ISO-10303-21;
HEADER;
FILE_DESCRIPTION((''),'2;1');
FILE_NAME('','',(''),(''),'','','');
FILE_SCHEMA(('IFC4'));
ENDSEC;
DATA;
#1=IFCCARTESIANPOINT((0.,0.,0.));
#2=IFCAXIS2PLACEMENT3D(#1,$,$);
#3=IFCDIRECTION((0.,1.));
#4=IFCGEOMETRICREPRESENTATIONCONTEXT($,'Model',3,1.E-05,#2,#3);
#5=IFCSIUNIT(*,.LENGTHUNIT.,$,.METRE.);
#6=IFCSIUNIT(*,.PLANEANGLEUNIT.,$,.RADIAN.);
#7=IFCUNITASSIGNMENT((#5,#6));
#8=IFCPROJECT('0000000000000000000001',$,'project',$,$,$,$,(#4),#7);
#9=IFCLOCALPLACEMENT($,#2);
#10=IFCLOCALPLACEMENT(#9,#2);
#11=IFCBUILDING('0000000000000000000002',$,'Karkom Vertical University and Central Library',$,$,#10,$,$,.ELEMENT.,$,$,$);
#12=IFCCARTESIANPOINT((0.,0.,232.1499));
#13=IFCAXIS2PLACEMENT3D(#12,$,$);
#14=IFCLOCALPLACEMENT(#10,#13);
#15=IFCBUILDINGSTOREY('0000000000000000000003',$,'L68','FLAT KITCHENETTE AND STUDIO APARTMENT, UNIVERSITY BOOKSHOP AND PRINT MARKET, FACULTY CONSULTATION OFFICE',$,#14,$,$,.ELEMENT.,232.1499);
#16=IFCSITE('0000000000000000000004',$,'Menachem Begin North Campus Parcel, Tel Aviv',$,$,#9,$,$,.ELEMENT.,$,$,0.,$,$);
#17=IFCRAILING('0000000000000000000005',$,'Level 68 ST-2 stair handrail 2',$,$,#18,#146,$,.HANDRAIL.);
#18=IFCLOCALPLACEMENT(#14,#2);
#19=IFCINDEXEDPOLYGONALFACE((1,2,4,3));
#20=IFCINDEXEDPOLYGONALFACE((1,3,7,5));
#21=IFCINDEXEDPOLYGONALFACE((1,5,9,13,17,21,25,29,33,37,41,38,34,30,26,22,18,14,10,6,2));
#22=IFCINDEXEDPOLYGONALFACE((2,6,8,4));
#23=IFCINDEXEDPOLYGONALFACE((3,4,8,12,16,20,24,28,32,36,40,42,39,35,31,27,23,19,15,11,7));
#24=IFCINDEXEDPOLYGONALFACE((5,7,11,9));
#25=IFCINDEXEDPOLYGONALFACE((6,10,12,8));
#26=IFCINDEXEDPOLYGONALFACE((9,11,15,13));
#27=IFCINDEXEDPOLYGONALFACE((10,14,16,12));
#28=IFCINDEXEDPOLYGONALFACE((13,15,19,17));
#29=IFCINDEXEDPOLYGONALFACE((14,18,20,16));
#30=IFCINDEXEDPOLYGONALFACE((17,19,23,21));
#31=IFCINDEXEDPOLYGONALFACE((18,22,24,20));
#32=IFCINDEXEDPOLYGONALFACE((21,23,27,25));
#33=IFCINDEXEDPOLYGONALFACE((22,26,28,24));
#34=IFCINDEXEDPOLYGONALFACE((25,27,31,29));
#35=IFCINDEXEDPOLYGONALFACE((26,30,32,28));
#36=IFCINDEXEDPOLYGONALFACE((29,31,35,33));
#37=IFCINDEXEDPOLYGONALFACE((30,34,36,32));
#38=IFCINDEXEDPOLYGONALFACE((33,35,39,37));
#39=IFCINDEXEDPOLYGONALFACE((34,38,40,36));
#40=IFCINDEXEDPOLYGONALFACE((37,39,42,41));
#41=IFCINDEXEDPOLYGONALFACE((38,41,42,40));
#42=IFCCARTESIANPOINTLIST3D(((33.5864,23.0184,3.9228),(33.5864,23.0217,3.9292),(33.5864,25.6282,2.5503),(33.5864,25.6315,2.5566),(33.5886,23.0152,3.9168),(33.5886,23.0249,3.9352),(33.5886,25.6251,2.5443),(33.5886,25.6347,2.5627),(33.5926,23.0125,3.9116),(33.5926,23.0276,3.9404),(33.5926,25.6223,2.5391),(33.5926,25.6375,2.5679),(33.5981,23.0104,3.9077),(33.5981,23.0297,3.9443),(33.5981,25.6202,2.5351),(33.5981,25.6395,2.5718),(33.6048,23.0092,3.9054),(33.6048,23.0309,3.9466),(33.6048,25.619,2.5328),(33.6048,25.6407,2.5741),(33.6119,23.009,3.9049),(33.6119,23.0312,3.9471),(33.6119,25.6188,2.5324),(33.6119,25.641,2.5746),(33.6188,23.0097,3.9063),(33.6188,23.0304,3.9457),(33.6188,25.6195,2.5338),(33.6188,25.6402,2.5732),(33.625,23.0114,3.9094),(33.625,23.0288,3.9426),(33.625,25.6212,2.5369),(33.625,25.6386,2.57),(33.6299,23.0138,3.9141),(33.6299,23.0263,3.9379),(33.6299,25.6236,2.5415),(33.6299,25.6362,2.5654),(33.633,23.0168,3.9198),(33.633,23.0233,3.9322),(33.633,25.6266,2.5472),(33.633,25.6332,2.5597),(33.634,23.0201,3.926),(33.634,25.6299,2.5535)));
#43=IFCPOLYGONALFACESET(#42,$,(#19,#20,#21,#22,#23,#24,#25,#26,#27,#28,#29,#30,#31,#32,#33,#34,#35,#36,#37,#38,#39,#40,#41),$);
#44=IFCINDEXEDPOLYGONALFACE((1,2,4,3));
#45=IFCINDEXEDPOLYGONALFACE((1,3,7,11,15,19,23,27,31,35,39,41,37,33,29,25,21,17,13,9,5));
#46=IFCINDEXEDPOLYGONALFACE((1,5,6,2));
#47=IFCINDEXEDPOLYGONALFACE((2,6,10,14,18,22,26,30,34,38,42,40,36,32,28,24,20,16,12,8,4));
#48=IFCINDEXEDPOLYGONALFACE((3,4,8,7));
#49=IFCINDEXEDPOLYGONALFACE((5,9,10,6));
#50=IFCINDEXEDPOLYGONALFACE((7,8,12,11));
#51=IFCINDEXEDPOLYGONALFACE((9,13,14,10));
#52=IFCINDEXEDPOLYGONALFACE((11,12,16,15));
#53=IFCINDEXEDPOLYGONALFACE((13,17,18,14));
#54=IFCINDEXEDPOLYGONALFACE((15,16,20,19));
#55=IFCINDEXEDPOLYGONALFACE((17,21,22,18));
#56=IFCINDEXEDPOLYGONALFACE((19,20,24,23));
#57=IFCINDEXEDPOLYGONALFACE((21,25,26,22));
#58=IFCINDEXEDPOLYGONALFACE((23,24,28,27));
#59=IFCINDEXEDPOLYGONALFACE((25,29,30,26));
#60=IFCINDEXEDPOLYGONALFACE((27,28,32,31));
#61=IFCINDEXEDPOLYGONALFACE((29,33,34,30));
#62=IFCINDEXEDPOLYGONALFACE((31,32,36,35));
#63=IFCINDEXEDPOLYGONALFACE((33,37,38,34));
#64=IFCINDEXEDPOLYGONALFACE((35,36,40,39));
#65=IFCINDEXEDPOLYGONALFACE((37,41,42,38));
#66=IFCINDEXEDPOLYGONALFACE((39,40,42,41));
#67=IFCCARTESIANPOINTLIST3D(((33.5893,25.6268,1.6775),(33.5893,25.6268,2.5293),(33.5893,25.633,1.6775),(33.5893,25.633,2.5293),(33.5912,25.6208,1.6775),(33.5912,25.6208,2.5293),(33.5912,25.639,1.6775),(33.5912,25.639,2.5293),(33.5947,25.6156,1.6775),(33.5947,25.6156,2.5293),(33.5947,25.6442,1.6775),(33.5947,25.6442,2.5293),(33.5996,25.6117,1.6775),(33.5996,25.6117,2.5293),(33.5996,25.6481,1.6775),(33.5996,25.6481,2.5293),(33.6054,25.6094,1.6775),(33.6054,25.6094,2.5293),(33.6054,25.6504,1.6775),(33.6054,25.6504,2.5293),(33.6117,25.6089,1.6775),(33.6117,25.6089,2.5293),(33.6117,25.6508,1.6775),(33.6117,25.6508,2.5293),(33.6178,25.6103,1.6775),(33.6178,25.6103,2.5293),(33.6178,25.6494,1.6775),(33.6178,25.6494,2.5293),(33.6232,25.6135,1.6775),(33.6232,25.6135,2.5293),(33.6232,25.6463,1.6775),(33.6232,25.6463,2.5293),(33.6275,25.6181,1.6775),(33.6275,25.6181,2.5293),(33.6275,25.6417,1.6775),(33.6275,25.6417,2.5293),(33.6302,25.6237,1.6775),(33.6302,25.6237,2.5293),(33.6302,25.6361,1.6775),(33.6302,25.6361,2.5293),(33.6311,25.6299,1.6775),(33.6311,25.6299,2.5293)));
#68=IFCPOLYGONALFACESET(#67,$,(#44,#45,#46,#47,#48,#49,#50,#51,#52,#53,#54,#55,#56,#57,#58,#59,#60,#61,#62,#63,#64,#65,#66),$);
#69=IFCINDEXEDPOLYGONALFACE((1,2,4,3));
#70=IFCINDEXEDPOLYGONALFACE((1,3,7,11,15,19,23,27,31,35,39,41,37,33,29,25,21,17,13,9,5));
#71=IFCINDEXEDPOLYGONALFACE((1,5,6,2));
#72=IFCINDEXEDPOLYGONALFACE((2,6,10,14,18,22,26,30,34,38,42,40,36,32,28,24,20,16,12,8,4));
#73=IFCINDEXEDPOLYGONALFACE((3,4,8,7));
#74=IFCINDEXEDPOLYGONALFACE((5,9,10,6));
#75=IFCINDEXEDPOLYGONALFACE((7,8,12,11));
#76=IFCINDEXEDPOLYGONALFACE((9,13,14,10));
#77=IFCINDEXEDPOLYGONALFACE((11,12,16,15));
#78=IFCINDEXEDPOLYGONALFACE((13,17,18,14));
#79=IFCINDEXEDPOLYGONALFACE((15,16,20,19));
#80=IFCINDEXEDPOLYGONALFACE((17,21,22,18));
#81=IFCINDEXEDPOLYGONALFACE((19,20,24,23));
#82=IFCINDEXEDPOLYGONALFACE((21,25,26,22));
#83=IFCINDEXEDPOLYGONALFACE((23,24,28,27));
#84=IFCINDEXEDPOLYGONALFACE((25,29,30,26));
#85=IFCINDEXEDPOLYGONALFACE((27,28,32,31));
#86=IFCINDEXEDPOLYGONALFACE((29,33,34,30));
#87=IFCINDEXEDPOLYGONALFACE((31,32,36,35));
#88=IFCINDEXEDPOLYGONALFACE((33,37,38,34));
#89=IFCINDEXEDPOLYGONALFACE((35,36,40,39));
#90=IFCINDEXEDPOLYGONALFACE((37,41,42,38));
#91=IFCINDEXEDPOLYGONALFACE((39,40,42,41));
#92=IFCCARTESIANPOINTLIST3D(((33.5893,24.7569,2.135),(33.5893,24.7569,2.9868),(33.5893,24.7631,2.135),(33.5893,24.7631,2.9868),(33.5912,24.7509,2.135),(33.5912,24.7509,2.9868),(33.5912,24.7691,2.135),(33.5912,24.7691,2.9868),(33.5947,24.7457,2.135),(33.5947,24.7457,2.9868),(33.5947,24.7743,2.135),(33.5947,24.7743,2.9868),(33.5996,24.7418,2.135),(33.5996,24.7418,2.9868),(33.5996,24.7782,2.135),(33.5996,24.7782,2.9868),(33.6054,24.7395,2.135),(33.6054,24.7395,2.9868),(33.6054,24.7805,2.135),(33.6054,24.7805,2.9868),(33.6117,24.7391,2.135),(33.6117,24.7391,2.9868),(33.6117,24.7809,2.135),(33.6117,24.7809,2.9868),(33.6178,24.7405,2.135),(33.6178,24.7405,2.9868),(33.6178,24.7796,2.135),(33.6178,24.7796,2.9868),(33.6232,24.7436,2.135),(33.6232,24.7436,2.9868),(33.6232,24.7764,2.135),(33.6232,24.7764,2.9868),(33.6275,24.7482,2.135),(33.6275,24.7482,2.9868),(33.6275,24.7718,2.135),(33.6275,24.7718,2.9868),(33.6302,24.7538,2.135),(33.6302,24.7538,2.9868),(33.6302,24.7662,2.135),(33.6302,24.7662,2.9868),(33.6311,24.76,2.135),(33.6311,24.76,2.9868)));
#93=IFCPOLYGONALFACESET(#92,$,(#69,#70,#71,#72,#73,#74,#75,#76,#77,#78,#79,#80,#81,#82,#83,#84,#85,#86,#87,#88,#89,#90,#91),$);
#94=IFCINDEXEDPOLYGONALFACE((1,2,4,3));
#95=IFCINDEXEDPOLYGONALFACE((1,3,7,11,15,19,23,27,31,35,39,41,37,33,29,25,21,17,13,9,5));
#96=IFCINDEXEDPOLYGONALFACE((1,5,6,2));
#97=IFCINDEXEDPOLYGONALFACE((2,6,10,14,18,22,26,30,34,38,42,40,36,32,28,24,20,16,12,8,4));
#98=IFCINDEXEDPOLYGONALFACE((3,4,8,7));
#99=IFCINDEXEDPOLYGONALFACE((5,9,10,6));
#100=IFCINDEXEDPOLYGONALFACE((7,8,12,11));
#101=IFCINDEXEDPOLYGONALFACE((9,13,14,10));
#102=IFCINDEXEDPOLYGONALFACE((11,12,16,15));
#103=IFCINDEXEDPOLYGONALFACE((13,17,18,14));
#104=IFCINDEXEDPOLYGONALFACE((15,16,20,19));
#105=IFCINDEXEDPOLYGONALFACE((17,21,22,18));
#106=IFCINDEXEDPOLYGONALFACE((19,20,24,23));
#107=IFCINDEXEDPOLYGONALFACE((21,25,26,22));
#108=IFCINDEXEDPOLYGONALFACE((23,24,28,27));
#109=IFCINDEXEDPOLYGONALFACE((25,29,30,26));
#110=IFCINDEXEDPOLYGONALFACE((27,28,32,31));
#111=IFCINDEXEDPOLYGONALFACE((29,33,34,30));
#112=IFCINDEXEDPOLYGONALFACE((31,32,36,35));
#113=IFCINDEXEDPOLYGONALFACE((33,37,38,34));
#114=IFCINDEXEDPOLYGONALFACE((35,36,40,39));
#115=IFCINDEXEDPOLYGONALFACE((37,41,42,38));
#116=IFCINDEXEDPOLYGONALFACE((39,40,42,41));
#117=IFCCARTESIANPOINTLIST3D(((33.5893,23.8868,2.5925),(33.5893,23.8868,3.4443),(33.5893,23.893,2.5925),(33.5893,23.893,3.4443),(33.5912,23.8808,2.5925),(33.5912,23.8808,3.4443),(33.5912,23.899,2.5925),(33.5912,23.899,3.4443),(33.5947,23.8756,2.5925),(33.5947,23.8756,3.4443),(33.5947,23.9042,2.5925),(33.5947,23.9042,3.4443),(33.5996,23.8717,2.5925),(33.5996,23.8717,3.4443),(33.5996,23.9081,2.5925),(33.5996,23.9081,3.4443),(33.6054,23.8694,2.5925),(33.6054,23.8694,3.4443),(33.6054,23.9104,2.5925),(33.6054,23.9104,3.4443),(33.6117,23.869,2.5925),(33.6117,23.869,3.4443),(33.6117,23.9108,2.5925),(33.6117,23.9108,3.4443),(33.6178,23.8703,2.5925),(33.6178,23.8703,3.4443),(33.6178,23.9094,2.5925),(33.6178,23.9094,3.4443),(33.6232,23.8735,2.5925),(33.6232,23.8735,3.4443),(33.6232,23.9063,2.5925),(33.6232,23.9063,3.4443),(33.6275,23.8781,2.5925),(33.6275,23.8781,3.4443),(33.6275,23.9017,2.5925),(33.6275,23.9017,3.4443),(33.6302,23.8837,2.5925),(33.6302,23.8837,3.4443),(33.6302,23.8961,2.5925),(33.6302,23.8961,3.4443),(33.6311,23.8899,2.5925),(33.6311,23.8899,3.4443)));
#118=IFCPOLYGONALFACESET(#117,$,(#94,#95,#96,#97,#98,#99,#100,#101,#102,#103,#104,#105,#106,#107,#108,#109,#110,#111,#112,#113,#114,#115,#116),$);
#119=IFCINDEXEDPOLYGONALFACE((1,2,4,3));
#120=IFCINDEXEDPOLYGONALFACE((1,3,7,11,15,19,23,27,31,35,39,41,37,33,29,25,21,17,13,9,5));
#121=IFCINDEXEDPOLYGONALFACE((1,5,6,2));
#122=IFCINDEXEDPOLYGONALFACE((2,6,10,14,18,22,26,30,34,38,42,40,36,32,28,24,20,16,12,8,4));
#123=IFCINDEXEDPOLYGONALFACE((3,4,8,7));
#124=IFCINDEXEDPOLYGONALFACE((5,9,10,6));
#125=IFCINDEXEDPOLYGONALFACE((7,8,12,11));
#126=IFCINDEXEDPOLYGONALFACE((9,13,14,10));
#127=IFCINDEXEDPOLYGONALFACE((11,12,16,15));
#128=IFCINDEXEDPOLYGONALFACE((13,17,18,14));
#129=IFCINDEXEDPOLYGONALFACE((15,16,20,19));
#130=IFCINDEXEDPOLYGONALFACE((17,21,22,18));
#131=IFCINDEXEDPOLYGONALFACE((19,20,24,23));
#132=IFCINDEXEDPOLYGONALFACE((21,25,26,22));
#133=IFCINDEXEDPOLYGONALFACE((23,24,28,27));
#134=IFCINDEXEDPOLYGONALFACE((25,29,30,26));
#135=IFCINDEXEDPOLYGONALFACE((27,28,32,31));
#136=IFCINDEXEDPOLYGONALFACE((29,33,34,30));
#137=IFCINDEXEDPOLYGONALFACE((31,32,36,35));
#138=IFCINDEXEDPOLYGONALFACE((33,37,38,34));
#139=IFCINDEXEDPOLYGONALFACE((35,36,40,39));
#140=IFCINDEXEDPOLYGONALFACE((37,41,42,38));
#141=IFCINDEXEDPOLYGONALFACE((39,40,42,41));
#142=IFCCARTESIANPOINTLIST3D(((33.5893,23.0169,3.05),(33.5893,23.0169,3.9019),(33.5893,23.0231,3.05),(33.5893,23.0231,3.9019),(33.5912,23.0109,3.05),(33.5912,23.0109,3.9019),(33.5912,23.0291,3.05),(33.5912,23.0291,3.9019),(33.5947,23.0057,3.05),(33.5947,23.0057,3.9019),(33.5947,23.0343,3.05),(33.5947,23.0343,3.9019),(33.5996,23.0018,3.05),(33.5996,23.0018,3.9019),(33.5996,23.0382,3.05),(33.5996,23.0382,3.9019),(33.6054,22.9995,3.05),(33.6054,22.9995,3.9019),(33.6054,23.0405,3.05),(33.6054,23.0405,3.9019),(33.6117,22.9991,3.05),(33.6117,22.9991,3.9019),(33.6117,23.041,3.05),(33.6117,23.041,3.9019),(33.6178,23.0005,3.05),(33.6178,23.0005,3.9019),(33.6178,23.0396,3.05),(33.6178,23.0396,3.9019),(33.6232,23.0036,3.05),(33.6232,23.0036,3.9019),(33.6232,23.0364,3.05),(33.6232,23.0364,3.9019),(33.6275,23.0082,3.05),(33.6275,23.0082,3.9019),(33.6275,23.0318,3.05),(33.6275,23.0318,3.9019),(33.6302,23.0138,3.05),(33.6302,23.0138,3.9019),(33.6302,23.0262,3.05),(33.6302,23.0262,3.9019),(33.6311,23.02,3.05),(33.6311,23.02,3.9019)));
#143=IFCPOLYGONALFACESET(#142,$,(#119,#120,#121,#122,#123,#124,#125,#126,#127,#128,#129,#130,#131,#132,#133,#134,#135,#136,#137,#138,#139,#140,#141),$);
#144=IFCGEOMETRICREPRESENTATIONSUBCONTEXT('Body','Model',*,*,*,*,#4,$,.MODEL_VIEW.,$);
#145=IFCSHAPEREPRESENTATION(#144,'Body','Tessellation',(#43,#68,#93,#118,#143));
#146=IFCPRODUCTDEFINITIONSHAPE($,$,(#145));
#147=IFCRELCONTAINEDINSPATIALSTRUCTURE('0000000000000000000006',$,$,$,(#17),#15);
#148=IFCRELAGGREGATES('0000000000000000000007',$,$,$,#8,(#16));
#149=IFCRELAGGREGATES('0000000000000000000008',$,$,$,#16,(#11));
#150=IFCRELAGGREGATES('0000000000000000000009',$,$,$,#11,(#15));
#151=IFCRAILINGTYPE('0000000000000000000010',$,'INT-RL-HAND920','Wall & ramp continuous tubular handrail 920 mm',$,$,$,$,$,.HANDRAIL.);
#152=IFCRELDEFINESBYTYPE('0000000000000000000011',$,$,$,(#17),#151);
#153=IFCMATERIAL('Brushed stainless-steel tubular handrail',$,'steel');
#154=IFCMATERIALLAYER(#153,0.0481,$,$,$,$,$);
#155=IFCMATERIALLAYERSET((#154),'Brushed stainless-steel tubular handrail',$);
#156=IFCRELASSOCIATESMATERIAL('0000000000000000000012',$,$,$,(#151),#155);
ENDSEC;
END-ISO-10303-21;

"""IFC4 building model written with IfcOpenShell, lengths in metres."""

from ifc_helpers import new_model, si_unit, direction, frame, origin, origin_2d, place, context, subcontext, project, spatial, circle, extrude, material, layer, layer_set, type_object, element, save


model = new_model("IFC4")

# Units and contexts
model_context = context("Model", 3, precision=1e-05, world=origin(), true_north=direction((0.0, 1.0)))
body_context = subcontext(model_context, "Body", "Model", "MODEL_VIEW")
ifc_project = project(units=[si_unit("LENGTHUNIT", "METRE"), si_unit("PLANEANGLEUNIT", "RADIAN")], contexts=[model_context])

# Site, building, storey
site_placement = place(None, origin())
site = spatial("IfcSite", under=ifc_project, at=site_placement, Name="Menachem Begin North Campus Parcel, Tel Aviv", CompositionType="ELEMENT", RefElevation=0.0)
building_placement = place(site_placement, origin())
building = spatial("IfcBuilding", under=site, at=building_placement, Name="Karkom Vertical University and Central Library", CompositionType="ELEMENT")
storey_placement = place(building_placement, frame((0.0, 0.0, 232.1499)))
storey = spatial("IfcBuildingStorey", under=building, at=storey_placement, Name="L68", Description="FLAT KITCHENETTE AND STUDIO APARTMENT, UNIVERSITY BOOKSHOP AND PRINT MARKET, FACULTY CONSULTATION OFFICE", CompositionType="ELEMENT", Elevation=232.1499)

# Railing
ifc_material_1 = material(Name="Brushed stainless-steel tubular handrail", Category="steel")
ifc_layer_1 = layer(ifc_material_1, 0.0481)
ifc_layer_set_1 = layer_set([ifc_layer_1], Name="Brushed stainless-steel tubular handrail")
railing_type_1 = type_object("IfcRailingType", Name="INT-RL-HAND920", Description="Wall & ramp continuous tubular handrail 920 mm", PredefinedType="HANDRAIL", material=ifc_layer_set_1)
railing_1_placement = place(storey_placement, frame((33.6101, 25.6299, 1.6775)))
element("IfcRailing", 1, at=railing_1_placement, inside=storey, type_object=railing_type_1, Name="Level 68 ST-2 stair handrail 2", PredefinedType="HANDRAIL", context=body_context, shape_type="SweptSolid", body=[
    extrude(circle(Radius=0.0239, at=origin_2d()), frame((0.0, 0.0, 0.876), z_axis=(0.0, -0.885065, 0.465467), x_axis=(1.0, 0.0, 0.0)), (0.0, 0.0, 1.0), 2.9487),
    extrude(circle(Radius=0.021, at=origin_2d()), origin(), (0.0, 0.0, 1.0), 0.8518),
    extrude(circle(Radius=0.021, at=origin_2d()), frame((0.0, -0.8699, 0.4575)), (0.0, 0.0, 1.0), 0.8518),
    extrude(circle(Radius=0.021, at=origin_2d()), frame((0.0, -1.74, 0.915)), (0.0, 0.0, 1.0), 0.8518),
    extrude(circle(Radius=0.021, at=origin_2d()), frame((0.0, -2.6099, 1.3726)), (0.0, 0.0, 1.0), 0.8518),
])

save(model, "model.ifc")
